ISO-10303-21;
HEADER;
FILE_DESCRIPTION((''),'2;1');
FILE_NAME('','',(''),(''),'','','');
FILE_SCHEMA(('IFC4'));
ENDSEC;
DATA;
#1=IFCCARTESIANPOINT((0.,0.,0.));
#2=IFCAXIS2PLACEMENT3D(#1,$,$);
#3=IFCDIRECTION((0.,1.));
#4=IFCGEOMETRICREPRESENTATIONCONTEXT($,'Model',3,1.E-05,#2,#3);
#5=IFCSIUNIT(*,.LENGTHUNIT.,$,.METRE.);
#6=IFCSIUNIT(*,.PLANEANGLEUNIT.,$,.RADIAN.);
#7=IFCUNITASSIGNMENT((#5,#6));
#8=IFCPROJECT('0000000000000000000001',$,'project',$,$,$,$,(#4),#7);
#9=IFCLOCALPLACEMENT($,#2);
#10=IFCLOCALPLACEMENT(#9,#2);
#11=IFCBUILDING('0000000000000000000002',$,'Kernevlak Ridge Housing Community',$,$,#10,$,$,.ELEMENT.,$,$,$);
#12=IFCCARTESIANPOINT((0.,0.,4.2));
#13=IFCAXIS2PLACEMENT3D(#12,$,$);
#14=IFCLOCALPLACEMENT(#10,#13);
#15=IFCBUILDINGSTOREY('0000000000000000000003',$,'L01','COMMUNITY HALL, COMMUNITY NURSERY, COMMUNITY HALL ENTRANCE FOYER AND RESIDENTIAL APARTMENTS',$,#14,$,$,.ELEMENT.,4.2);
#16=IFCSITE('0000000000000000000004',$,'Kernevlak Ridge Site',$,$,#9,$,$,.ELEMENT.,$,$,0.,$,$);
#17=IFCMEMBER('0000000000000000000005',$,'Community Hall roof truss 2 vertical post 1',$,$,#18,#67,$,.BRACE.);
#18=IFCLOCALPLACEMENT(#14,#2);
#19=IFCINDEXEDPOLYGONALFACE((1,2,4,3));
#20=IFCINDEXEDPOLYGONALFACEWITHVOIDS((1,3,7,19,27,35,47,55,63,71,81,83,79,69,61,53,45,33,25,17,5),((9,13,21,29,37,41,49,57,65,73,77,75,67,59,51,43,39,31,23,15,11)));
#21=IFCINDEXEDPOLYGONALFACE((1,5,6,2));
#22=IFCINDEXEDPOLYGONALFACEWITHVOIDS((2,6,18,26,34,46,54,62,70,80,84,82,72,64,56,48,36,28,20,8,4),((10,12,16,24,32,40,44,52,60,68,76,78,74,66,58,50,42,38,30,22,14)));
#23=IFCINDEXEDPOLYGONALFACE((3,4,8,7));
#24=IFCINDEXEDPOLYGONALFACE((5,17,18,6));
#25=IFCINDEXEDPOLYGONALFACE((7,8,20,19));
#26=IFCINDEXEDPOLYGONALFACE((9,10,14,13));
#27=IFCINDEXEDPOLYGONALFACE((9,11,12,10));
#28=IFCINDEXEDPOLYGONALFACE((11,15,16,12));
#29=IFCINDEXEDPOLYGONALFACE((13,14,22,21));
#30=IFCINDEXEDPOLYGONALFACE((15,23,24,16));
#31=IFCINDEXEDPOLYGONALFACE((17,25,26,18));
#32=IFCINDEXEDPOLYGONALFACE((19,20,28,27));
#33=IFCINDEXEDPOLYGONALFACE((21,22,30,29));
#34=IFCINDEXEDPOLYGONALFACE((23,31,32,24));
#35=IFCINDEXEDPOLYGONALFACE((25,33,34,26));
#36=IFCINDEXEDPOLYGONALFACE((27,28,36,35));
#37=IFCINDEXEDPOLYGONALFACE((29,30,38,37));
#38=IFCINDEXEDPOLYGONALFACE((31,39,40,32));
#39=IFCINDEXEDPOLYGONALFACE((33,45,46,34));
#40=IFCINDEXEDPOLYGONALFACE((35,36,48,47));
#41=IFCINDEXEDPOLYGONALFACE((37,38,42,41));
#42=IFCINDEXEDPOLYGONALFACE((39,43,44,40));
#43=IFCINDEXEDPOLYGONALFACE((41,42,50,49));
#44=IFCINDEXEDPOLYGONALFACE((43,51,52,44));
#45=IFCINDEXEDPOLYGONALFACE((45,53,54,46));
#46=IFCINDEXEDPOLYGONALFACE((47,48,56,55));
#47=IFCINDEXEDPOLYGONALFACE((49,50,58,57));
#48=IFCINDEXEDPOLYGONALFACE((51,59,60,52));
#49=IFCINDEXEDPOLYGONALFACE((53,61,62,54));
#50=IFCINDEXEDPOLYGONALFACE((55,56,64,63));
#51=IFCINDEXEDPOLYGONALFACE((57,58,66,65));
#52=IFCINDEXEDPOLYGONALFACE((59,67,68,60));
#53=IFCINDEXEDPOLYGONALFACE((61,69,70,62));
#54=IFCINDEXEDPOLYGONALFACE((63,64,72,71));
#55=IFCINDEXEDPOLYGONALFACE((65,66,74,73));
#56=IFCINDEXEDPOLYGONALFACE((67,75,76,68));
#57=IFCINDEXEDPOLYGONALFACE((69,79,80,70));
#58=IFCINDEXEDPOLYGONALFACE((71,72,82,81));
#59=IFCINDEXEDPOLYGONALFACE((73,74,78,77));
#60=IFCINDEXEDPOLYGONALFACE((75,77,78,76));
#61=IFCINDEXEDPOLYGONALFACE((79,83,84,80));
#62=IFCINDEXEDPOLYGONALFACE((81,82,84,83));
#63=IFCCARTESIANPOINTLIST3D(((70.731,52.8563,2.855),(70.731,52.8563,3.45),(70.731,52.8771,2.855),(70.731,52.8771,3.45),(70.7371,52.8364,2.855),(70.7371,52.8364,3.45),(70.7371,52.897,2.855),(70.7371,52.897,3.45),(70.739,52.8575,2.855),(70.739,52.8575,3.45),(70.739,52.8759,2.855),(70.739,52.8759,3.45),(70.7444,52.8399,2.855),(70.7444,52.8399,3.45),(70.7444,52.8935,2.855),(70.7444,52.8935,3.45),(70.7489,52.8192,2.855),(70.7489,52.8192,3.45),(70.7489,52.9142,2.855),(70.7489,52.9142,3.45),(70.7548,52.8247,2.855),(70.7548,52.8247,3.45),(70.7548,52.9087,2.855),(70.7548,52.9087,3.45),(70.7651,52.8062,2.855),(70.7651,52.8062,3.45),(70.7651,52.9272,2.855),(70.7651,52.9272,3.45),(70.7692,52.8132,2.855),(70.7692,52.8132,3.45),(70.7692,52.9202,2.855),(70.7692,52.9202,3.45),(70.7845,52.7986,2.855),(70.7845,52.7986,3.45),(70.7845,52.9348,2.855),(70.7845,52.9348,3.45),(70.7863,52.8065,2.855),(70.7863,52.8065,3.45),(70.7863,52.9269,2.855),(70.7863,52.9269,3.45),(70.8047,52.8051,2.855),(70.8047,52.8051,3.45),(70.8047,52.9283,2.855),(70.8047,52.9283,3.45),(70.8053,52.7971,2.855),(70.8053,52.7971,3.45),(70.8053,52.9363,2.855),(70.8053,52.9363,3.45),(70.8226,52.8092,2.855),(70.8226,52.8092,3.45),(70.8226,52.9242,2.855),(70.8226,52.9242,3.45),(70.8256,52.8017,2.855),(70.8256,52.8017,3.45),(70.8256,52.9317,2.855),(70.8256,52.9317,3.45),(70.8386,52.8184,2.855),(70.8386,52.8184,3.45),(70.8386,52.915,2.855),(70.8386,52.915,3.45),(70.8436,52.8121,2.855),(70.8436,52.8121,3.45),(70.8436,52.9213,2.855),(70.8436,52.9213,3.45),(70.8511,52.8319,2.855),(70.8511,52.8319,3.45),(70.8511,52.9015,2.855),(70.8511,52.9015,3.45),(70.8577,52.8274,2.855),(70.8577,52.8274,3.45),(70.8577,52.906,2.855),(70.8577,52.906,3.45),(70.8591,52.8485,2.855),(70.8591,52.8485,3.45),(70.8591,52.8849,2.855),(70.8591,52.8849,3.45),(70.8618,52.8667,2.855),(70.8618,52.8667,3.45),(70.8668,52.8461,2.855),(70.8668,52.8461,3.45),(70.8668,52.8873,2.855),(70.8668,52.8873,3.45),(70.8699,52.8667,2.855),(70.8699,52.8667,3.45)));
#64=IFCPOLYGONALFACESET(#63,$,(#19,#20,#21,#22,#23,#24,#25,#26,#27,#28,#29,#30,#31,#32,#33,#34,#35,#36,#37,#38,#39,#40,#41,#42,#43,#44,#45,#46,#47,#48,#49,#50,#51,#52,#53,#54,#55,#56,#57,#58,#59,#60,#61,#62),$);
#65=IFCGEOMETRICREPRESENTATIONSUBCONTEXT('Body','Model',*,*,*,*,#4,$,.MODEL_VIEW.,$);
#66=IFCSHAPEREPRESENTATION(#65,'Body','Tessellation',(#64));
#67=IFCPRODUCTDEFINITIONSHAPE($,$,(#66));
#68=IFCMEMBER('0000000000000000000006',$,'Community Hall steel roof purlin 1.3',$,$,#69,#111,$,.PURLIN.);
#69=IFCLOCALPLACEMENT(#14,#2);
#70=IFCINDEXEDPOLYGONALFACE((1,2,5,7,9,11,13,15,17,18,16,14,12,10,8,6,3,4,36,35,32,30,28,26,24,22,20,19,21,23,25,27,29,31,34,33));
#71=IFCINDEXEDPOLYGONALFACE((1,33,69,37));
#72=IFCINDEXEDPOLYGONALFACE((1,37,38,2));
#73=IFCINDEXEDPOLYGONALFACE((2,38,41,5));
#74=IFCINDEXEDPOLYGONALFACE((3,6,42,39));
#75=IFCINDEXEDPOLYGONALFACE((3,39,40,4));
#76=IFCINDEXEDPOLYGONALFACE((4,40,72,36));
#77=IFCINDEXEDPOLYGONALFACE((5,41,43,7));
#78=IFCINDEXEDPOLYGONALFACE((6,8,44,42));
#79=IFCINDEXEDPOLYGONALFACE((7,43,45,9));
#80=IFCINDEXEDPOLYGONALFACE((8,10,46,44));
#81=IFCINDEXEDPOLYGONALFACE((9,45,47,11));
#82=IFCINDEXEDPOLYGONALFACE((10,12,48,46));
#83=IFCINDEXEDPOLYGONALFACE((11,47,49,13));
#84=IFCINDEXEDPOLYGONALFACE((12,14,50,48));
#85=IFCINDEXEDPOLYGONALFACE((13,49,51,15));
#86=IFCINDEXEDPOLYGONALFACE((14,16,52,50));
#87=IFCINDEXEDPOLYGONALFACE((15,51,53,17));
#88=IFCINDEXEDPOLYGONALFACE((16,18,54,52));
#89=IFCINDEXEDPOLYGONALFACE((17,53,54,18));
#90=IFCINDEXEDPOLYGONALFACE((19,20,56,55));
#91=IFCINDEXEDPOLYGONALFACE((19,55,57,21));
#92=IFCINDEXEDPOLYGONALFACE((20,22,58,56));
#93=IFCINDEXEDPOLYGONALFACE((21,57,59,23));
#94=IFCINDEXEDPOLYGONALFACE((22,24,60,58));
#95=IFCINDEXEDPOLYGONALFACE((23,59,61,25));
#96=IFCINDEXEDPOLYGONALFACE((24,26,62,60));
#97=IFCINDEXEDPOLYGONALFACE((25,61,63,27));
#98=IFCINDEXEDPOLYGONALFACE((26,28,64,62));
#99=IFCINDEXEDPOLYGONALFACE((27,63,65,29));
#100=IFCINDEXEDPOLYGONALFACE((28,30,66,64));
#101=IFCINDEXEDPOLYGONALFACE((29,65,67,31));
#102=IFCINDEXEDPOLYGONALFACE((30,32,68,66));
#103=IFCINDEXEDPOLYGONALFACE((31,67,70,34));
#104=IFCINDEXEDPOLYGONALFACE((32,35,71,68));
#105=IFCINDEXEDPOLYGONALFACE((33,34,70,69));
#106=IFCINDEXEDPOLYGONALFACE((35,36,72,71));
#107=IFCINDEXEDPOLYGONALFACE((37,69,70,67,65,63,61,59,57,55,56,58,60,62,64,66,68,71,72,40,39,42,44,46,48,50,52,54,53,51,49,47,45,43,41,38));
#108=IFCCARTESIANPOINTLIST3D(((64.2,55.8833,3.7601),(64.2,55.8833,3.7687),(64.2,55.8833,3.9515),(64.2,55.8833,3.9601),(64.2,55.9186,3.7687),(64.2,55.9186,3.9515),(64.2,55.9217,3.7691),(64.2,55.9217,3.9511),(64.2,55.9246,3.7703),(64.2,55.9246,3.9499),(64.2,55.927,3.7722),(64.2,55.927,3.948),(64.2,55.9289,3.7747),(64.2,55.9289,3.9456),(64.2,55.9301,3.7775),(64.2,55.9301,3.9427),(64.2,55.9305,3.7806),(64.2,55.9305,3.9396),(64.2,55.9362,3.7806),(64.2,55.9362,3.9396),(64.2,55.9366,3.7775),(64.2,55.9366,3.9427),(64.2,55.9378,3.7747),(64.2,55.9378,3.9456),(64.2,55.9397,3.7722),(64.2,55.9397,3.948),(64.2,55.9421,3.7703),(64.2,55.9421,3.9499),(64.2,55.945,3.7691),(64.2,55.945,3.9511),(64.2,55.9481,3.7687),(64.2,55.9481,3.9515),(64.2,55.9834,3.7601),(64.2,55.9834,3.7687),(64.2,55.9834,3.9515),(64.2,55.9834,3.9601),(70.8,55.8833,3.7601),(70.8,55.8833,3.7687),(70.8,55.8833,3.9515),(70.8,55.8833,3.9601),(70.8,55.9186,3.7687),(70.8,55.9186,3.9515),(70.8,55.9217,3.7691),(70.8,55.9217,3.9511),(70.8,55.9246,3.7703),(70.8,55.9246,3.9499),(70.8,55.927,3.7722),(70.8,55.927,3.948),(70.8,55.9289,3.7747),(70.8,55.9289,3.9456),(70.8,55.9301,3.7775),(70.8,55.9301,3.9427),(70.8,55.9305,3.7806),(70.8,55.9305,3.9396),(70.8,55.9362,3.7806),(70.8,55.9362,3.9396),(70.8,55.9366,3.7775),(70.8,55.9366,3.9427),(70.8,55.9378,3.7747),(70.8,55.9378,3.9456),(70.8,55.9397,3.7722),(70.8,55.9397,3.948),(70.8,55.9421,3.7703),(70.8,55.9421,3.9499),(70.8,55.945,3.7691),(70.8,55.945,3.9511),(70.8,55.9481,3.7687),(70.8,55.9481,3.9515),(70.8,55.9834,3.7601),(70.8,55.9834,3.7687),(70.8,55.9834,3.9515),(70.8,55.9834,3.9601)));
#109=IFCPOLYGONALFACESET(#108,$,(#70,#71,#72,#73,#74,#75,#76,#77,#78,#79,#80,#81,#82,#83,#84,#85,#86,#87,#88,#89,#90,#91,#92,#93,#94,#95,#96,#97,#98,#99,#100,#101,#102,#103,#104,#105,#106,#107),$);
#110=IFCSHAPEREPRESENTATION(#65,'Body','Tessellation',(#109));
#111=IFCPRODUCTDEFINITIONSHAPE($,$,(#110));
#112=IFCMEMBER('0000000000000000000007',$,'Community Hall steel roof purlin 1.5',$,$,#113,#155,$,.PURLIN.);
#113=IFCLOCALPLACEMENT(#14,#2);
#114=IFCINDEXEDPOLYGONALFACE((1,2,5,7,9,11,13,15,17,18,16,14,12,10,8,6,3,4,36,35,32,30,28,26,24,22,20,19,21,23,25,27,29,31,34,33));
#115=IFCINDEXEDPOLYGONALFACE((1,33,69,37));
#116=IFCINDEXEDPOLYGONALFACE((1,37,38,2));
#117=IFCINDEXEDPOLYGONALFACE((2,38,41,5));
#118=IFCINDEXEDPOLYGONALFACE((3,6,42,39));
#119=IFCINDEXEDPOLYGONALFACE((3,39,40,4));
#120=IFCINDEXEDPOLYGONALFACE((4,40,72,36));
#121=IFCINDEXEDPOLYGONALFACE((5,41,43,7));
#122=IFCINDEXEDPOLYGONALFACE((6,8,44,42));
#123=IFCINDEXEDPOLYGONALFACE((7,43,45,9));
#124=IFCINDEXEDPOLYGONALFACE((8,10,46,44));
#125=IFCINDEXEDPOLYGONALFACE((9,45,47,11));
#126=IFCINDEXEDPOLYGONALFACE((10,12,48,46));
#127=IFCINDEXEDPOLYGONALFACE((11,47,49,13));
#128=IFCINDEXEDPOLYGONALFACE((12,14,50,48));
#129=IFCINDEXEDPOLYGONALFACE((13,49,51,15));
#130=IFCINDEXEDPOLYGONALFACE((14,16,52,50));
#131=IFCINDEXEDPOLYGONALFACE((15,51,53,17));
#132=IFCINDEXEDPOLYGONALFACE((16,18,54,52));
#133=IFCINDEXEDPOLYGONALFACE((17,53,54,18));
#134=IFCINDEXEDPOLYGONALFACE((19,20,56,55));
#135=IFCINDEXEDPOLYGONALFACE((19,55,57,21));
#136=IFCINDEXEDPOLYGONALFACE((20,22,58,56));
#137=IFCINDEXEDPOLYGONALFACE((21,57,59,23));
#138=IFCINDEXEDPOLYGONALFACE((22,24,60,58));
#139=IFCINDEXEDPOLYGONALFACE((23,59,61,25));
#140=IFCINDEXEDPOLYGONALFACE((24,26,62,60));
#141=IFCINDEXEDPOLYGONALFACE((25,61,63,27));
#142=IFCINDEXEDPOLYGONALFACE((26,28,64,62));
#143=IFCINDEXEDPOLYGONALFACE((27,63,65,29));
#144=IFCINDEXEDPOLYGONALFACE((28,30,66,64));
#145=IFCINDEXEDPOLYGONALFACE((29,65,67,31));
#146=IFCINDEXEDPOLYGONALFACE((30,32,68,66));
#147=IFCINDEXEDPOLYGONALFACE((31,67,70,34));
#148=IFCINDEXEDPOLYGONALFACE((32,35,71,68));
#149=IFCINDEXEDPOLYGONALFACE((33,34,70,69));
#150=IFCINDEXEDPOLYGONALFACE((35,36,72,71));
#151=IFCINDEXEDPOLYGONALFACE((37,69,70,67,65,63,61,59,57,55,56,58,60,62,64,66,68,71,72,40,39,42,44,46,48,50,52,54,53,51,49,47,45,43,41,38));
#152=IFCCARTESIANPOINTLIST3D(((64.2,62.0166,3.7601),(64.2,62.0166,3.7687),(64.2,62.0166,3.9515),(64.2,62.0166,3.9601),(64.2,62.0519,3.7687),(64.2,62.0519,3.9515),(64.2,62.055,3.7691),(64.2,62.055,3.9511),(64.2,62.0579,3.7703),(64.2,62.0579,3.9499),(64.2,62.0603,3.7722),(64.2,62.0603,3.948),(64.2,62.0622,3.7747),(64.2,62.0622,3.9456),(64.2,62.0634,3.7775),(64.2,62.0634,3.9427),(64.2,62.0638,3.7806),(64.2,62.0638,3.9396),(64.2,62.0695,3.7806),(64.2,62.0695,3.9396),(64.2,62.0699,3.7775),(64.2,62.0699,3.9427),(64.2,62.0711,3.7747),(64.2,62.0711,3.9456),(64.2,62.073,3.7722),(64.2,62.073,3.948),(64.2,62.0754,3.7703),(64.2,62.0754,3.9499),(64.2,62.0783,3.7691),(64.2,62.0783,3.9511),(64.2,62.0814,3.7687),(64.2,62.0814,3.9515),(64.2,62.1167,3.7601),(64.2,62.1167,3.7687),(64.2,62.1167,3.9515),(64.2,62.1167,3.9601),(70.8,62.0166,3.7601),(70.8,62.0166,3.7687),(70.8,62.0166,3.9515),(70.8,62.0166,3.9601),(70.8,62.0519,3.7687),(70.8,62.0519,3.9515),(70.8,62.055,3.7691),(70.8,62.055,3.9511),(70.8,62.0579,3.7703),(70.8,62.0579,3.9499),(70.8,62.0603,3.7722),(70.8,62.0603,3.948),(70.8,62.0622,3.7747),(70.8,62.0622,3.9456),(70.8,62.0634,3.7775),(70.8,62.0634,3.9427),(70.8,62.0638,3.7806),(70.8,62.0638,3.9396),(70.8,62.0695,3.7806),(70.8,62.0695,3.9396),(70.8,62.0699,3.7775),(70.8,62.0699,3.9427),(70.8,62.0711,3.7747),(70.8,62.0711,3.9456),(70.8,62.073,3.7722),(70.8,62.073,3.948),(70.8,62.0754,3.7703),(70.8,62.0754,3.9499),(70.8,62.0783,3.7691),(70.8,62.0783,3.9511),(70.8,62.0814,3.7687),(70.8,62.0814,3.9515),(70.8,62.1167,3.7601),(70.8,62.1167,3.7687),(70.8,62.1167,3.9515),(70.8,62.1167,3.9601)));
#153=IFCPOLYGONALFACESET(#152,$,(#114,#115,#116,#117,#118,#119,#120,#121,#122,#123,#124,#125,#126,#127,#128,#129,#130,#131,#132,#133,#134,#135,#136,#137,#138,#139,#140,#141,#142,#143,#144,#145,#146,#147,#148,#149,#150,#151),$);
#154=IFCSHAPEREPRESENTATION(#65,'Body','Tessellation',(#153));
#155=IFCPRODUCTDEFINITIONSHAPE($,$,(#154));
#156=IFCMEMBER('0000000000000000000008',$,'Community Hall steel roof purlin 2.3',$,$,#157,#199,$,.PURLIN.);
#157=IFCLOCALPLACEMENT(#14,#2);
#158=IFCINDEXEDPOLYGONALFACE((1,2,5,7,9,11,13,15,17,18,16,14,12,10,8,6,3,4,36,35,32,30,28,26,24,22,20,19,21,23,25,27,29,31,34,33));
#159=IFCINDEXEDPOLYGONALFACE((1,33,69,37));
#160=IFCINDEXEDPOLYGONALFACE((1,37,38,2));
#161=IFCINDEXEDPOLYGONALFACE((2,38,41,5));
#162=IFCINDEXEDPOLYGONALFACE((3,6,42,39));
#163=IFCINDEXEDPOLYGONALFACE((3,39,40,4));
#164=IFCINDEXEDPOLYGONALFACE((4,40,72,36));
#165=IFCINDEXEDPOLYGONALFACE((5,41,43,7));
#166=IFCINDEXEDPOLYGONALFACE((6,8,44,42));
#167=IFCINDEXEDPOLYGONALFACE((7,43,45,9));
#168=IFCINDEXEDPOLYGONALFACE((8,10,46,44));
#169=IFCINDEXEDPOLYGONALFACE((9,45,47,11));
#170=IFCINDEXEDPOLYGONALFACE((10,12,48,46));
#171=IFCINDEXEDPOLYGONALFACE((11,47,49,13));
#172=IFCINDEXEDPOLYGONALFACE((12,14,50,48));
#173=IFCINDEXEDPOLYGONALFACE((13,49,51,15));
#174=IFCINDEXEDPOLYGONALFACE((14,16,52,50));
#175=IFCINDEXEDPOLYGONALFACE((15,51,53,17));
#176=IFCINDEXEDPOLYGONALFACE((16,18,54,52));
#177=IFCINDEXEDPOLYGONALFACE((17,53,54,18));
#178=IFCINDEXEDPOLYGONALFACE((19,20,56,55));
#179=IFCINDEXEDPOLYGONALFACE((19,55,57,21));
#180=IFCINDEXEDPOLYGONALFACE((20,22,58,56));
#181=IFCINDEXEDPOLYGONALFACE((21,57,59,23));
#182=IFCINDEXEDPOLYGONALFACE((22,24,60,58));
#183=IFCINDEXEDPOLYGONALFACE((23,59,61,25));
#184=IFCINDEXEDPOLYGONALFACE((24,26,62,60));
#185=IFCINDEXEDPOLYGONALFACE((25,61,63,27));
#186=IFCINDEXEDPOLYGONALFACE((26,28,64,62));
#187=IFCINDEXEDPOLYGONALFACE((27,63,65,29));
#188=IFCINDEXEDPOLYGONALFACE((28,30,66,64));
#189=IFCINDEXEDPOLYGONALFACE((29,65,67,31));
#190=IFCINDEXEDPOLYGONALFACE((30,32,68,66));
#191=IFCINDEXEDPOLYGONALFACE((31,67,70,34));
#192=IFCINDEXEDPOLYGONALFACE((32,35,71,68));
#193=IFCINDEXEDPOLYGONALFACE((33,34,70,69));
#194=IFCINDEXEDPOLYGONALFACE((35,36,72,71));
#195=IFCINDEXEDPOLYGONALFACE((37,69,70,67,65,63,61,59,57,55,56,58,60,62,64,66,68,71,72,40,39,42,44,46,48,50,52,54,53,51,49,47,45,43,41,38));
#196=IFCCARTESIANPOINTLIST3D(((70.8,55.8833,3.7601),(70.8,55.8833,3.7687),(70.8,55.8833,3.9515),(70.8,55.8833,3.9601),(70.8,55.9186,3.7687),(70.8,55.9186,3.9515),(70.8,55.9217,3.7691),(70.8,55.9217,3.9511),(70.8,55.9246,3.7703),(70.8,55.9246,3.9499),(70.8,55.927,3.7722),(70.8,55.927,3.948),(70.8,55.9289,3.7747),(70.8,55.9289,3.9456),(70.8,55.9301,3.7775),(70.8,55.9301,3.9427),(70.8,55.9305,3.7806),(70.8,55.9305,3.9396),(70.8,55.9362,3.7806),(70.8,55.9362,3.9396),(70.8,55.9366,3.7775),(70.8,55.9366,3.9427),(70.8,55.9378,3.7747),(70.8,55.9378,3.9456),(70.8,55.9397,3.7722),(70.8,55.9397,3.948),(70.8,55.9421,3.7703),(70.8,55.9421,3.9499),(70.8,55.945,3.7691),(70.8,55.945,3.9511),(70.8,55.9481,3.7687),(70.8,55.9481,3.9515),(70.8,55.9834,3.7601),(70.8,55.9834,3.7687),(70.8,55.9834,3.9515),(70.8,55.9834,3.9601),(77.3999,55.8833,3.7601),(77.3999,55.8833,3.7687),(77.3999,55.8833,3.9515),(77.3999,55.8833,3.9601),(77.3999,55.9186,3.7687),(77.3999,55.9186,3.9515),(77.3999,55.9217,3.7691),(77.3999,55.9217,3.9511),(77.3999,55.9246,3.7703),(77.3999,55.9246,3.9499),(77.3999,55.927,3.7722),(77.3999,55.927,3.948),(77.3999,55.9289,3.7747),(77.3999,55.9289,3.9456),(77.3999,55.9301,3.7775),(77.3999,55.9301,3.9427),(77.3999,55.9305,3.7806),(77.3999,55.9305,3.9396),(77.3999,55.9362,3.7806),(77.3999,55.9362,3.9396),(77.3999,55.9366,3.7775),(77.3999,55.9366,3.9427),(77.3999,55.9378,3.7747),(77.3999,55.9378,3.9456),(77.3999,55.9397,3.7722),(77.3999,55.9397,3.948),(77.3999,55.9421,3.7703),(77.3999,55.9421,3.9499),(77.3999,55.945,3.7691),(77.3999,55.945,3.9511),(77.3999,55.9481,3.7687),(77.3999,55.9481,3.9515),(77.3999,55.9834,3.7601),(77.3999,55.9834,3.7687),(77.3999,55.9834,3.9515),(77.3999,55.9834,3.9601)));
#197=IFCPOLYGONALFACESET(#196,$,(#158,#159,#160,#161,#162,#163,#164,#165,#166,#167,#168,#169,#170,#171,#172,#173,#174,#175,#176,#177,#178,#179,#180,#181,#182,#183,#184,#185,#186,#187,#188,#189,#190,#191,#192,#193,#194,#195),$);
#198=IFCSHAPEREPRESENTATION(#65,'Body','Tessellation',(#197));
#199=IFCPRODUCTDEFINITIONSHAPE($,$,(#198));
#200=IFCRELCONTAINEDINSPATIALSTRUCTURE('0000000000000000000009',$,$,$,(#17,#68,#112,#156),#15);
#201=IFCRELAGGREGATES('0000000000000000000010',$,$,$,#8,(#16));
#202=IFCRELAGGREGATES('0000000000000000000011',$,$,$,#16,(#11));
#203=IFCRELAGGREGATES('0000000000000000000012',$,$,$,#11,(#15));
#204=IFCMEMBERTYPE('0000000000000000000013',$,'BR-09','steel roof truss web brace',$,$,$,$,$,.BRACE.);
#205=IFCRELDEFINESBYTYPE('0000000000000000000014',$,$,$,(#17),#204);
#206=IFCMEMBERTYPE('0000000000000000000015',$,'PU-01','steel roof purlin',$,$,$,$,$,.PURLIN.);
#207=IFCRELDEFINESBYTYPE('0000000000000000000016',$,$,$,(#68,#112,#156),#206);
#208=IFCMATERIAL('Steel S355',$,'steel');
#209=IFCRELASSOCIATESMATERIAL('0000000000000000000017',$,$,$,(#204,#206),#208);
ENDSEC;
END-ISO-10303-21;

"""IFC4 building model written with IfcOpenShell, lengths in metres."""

from ifc_helpers import new_model, si_unit, direction, frame, origin, origin_2d, place, context, subcontext, project, spatial, hollow_circle, i_section, extrude, material, material_profile, profile_set, type_object, element, save


model = new_model("IFC4")

# Units and contexts
model_context = context("Model", 3, precision=1e-05, world=origin(), true_north=direction((0.0, 1.0)))
body_context = subcontext(model_context, "Body", "Model", "MODEL_VIEW")
ifc_project = project(units=[si_unit("LENGTHUNIT", "METRE"), si_unit("PLANEANGLEUNIT", "RADIAN")], contexts=[model_context])

# Site, building, storey
site_placement = place(None, origin())
site = spatial("IfcSite", under=ifc_project, at=site_placement, Name="Kernevlak Ridge Site", CompositionType="ELEMENT", RefElevation=0.0)
building_placement = place(site_placement, origin())
building = spatial("IfcBuilding", under=site, at=building_placement, Name="Kernevlak Ridge Housing Community", CompositionType="ELEMENT")
storey_placement = place(building_placement, frame((0.0, 0.0, 4.2)))
storey = spatial("IfcBuildingStorey", under=building, at=storey_placement, Name="L01", Description="COMMUNITY HALL, COMMUNITY NURSERY, COMMUNITY HALL ENTRANCE FOYER AND RESIDENTIAL APARTMENTS", CompositionType="ELEMENT", Elevation=4.2)

# Members
ifc_material_1 = material(Name="Steel S355", Category="steel")
ifc_material_profile_1 = material_profile(ifc_material_1, hollow_circle(Radius=0.0698, WallThickness=0.0081, at=origin_2d()), Name="CHS 139.7x8")
ifc_profile_set_1 = profile_set([ifc_material_profile_1], Name="Steel S355")
member_type_1 = type_object("IfcMemberType", Name="BR-09", Description="steel roof truss web brace", PredefinedType="BRACE", material=ifc_profile_set_1)
member_1_placement = place(storey_placement, frame((70.8, 52.8667, 2.855), z_axis=(0.0, 0.0, 1.0), x_axis=(1.0, 0.0, 0.0)))
element("IfcMember", 1, at=member_1_placement, inside=storey, type_object=member_type_1, Name="Community Hall roof truss 2 vertical post 1", PredefinedType="BRACE", context=body_context, shape_type="SweptSolid", body=[
    extrude(hollow_circle(Radius=0.0698, WallThickness=0.0081, at=origin_2d()), origin(), (0.0, 0.0, 1.0), 0.595),
])
ifc_material_profile_2 = material_profile(ifc_material_1, i_section(OverallWidth=0.1001, OverallDepth=0.2, WebThickness=0.0056, FlangeThickness=0.0085, FilletRadius=0.012, at=origin_2d()), Name="IPE 200")
ifc_profile_set_2 = profile_set([ifc_material_profile_2], Name="Steel S355")
member_type_2 = type_object("IfcMemberType", Name="PU-01", Description="steel roof purlin", PredefinedType="PURLIN", material=ifc_profile_set_2)
for number, where, z_axis, x_axis, name in (
    (2, (64.2, 55.9333, 3.8601), (1.0, 0.0, 0.0), (0.0, 1.0, 0.0), "Community Hall steel roof purlin 1.3"),
    (3, (64.2, 62.0667, 3.8601), (1.0, 0.0, 0.0), (0.0, 1.0, 0.0), "Community Hall steel roof purlin 1.5"),
):
    element("IfcMember", number, at=place(storey_placement, frame(where, z_axis=z_axis, x_axis=x_axis)), inside=storey, type_object=member_type_2, Name=name, PredefinedType="PURLIN", context=body_context, shape_type="SweptSolid", body=[
        extrude(i_section(OverallWidth=0.1001, OverallDepth=0.2, WebThickness=0.0056, FlangeThickness=0.0085, FilletRadius=0.012, at=origin_2d()), origin(), (0.0, 0.0, 1.0), 6.6001),
    ])
member_2_placement = place(storey_placement, frame((70.8, 55.9333, 3.8601), z_axis=(1.0, 0.0, 0.0), x_axis=(0.0, 1.0, 0.0)))
element("IfcMember", 4, at=member_2_placement, inside=storey, type_object=member_type_2, Name="Community Hall steel roof purlin 2.3", PredefinedType="PURLIN", context=body_context, shape_type="SweptSolid", body=[
    extrude(i_section(OverallWidth=0.1001, OverallDepth=0.2, WebThickness=0.0056, FlangeThickness=0.0085, FilletRadius=0.012, at=origin_2d()), origin(), (0.0, 0.0, 1.0), 6.5999),
])

save(model, "model.ifc")
